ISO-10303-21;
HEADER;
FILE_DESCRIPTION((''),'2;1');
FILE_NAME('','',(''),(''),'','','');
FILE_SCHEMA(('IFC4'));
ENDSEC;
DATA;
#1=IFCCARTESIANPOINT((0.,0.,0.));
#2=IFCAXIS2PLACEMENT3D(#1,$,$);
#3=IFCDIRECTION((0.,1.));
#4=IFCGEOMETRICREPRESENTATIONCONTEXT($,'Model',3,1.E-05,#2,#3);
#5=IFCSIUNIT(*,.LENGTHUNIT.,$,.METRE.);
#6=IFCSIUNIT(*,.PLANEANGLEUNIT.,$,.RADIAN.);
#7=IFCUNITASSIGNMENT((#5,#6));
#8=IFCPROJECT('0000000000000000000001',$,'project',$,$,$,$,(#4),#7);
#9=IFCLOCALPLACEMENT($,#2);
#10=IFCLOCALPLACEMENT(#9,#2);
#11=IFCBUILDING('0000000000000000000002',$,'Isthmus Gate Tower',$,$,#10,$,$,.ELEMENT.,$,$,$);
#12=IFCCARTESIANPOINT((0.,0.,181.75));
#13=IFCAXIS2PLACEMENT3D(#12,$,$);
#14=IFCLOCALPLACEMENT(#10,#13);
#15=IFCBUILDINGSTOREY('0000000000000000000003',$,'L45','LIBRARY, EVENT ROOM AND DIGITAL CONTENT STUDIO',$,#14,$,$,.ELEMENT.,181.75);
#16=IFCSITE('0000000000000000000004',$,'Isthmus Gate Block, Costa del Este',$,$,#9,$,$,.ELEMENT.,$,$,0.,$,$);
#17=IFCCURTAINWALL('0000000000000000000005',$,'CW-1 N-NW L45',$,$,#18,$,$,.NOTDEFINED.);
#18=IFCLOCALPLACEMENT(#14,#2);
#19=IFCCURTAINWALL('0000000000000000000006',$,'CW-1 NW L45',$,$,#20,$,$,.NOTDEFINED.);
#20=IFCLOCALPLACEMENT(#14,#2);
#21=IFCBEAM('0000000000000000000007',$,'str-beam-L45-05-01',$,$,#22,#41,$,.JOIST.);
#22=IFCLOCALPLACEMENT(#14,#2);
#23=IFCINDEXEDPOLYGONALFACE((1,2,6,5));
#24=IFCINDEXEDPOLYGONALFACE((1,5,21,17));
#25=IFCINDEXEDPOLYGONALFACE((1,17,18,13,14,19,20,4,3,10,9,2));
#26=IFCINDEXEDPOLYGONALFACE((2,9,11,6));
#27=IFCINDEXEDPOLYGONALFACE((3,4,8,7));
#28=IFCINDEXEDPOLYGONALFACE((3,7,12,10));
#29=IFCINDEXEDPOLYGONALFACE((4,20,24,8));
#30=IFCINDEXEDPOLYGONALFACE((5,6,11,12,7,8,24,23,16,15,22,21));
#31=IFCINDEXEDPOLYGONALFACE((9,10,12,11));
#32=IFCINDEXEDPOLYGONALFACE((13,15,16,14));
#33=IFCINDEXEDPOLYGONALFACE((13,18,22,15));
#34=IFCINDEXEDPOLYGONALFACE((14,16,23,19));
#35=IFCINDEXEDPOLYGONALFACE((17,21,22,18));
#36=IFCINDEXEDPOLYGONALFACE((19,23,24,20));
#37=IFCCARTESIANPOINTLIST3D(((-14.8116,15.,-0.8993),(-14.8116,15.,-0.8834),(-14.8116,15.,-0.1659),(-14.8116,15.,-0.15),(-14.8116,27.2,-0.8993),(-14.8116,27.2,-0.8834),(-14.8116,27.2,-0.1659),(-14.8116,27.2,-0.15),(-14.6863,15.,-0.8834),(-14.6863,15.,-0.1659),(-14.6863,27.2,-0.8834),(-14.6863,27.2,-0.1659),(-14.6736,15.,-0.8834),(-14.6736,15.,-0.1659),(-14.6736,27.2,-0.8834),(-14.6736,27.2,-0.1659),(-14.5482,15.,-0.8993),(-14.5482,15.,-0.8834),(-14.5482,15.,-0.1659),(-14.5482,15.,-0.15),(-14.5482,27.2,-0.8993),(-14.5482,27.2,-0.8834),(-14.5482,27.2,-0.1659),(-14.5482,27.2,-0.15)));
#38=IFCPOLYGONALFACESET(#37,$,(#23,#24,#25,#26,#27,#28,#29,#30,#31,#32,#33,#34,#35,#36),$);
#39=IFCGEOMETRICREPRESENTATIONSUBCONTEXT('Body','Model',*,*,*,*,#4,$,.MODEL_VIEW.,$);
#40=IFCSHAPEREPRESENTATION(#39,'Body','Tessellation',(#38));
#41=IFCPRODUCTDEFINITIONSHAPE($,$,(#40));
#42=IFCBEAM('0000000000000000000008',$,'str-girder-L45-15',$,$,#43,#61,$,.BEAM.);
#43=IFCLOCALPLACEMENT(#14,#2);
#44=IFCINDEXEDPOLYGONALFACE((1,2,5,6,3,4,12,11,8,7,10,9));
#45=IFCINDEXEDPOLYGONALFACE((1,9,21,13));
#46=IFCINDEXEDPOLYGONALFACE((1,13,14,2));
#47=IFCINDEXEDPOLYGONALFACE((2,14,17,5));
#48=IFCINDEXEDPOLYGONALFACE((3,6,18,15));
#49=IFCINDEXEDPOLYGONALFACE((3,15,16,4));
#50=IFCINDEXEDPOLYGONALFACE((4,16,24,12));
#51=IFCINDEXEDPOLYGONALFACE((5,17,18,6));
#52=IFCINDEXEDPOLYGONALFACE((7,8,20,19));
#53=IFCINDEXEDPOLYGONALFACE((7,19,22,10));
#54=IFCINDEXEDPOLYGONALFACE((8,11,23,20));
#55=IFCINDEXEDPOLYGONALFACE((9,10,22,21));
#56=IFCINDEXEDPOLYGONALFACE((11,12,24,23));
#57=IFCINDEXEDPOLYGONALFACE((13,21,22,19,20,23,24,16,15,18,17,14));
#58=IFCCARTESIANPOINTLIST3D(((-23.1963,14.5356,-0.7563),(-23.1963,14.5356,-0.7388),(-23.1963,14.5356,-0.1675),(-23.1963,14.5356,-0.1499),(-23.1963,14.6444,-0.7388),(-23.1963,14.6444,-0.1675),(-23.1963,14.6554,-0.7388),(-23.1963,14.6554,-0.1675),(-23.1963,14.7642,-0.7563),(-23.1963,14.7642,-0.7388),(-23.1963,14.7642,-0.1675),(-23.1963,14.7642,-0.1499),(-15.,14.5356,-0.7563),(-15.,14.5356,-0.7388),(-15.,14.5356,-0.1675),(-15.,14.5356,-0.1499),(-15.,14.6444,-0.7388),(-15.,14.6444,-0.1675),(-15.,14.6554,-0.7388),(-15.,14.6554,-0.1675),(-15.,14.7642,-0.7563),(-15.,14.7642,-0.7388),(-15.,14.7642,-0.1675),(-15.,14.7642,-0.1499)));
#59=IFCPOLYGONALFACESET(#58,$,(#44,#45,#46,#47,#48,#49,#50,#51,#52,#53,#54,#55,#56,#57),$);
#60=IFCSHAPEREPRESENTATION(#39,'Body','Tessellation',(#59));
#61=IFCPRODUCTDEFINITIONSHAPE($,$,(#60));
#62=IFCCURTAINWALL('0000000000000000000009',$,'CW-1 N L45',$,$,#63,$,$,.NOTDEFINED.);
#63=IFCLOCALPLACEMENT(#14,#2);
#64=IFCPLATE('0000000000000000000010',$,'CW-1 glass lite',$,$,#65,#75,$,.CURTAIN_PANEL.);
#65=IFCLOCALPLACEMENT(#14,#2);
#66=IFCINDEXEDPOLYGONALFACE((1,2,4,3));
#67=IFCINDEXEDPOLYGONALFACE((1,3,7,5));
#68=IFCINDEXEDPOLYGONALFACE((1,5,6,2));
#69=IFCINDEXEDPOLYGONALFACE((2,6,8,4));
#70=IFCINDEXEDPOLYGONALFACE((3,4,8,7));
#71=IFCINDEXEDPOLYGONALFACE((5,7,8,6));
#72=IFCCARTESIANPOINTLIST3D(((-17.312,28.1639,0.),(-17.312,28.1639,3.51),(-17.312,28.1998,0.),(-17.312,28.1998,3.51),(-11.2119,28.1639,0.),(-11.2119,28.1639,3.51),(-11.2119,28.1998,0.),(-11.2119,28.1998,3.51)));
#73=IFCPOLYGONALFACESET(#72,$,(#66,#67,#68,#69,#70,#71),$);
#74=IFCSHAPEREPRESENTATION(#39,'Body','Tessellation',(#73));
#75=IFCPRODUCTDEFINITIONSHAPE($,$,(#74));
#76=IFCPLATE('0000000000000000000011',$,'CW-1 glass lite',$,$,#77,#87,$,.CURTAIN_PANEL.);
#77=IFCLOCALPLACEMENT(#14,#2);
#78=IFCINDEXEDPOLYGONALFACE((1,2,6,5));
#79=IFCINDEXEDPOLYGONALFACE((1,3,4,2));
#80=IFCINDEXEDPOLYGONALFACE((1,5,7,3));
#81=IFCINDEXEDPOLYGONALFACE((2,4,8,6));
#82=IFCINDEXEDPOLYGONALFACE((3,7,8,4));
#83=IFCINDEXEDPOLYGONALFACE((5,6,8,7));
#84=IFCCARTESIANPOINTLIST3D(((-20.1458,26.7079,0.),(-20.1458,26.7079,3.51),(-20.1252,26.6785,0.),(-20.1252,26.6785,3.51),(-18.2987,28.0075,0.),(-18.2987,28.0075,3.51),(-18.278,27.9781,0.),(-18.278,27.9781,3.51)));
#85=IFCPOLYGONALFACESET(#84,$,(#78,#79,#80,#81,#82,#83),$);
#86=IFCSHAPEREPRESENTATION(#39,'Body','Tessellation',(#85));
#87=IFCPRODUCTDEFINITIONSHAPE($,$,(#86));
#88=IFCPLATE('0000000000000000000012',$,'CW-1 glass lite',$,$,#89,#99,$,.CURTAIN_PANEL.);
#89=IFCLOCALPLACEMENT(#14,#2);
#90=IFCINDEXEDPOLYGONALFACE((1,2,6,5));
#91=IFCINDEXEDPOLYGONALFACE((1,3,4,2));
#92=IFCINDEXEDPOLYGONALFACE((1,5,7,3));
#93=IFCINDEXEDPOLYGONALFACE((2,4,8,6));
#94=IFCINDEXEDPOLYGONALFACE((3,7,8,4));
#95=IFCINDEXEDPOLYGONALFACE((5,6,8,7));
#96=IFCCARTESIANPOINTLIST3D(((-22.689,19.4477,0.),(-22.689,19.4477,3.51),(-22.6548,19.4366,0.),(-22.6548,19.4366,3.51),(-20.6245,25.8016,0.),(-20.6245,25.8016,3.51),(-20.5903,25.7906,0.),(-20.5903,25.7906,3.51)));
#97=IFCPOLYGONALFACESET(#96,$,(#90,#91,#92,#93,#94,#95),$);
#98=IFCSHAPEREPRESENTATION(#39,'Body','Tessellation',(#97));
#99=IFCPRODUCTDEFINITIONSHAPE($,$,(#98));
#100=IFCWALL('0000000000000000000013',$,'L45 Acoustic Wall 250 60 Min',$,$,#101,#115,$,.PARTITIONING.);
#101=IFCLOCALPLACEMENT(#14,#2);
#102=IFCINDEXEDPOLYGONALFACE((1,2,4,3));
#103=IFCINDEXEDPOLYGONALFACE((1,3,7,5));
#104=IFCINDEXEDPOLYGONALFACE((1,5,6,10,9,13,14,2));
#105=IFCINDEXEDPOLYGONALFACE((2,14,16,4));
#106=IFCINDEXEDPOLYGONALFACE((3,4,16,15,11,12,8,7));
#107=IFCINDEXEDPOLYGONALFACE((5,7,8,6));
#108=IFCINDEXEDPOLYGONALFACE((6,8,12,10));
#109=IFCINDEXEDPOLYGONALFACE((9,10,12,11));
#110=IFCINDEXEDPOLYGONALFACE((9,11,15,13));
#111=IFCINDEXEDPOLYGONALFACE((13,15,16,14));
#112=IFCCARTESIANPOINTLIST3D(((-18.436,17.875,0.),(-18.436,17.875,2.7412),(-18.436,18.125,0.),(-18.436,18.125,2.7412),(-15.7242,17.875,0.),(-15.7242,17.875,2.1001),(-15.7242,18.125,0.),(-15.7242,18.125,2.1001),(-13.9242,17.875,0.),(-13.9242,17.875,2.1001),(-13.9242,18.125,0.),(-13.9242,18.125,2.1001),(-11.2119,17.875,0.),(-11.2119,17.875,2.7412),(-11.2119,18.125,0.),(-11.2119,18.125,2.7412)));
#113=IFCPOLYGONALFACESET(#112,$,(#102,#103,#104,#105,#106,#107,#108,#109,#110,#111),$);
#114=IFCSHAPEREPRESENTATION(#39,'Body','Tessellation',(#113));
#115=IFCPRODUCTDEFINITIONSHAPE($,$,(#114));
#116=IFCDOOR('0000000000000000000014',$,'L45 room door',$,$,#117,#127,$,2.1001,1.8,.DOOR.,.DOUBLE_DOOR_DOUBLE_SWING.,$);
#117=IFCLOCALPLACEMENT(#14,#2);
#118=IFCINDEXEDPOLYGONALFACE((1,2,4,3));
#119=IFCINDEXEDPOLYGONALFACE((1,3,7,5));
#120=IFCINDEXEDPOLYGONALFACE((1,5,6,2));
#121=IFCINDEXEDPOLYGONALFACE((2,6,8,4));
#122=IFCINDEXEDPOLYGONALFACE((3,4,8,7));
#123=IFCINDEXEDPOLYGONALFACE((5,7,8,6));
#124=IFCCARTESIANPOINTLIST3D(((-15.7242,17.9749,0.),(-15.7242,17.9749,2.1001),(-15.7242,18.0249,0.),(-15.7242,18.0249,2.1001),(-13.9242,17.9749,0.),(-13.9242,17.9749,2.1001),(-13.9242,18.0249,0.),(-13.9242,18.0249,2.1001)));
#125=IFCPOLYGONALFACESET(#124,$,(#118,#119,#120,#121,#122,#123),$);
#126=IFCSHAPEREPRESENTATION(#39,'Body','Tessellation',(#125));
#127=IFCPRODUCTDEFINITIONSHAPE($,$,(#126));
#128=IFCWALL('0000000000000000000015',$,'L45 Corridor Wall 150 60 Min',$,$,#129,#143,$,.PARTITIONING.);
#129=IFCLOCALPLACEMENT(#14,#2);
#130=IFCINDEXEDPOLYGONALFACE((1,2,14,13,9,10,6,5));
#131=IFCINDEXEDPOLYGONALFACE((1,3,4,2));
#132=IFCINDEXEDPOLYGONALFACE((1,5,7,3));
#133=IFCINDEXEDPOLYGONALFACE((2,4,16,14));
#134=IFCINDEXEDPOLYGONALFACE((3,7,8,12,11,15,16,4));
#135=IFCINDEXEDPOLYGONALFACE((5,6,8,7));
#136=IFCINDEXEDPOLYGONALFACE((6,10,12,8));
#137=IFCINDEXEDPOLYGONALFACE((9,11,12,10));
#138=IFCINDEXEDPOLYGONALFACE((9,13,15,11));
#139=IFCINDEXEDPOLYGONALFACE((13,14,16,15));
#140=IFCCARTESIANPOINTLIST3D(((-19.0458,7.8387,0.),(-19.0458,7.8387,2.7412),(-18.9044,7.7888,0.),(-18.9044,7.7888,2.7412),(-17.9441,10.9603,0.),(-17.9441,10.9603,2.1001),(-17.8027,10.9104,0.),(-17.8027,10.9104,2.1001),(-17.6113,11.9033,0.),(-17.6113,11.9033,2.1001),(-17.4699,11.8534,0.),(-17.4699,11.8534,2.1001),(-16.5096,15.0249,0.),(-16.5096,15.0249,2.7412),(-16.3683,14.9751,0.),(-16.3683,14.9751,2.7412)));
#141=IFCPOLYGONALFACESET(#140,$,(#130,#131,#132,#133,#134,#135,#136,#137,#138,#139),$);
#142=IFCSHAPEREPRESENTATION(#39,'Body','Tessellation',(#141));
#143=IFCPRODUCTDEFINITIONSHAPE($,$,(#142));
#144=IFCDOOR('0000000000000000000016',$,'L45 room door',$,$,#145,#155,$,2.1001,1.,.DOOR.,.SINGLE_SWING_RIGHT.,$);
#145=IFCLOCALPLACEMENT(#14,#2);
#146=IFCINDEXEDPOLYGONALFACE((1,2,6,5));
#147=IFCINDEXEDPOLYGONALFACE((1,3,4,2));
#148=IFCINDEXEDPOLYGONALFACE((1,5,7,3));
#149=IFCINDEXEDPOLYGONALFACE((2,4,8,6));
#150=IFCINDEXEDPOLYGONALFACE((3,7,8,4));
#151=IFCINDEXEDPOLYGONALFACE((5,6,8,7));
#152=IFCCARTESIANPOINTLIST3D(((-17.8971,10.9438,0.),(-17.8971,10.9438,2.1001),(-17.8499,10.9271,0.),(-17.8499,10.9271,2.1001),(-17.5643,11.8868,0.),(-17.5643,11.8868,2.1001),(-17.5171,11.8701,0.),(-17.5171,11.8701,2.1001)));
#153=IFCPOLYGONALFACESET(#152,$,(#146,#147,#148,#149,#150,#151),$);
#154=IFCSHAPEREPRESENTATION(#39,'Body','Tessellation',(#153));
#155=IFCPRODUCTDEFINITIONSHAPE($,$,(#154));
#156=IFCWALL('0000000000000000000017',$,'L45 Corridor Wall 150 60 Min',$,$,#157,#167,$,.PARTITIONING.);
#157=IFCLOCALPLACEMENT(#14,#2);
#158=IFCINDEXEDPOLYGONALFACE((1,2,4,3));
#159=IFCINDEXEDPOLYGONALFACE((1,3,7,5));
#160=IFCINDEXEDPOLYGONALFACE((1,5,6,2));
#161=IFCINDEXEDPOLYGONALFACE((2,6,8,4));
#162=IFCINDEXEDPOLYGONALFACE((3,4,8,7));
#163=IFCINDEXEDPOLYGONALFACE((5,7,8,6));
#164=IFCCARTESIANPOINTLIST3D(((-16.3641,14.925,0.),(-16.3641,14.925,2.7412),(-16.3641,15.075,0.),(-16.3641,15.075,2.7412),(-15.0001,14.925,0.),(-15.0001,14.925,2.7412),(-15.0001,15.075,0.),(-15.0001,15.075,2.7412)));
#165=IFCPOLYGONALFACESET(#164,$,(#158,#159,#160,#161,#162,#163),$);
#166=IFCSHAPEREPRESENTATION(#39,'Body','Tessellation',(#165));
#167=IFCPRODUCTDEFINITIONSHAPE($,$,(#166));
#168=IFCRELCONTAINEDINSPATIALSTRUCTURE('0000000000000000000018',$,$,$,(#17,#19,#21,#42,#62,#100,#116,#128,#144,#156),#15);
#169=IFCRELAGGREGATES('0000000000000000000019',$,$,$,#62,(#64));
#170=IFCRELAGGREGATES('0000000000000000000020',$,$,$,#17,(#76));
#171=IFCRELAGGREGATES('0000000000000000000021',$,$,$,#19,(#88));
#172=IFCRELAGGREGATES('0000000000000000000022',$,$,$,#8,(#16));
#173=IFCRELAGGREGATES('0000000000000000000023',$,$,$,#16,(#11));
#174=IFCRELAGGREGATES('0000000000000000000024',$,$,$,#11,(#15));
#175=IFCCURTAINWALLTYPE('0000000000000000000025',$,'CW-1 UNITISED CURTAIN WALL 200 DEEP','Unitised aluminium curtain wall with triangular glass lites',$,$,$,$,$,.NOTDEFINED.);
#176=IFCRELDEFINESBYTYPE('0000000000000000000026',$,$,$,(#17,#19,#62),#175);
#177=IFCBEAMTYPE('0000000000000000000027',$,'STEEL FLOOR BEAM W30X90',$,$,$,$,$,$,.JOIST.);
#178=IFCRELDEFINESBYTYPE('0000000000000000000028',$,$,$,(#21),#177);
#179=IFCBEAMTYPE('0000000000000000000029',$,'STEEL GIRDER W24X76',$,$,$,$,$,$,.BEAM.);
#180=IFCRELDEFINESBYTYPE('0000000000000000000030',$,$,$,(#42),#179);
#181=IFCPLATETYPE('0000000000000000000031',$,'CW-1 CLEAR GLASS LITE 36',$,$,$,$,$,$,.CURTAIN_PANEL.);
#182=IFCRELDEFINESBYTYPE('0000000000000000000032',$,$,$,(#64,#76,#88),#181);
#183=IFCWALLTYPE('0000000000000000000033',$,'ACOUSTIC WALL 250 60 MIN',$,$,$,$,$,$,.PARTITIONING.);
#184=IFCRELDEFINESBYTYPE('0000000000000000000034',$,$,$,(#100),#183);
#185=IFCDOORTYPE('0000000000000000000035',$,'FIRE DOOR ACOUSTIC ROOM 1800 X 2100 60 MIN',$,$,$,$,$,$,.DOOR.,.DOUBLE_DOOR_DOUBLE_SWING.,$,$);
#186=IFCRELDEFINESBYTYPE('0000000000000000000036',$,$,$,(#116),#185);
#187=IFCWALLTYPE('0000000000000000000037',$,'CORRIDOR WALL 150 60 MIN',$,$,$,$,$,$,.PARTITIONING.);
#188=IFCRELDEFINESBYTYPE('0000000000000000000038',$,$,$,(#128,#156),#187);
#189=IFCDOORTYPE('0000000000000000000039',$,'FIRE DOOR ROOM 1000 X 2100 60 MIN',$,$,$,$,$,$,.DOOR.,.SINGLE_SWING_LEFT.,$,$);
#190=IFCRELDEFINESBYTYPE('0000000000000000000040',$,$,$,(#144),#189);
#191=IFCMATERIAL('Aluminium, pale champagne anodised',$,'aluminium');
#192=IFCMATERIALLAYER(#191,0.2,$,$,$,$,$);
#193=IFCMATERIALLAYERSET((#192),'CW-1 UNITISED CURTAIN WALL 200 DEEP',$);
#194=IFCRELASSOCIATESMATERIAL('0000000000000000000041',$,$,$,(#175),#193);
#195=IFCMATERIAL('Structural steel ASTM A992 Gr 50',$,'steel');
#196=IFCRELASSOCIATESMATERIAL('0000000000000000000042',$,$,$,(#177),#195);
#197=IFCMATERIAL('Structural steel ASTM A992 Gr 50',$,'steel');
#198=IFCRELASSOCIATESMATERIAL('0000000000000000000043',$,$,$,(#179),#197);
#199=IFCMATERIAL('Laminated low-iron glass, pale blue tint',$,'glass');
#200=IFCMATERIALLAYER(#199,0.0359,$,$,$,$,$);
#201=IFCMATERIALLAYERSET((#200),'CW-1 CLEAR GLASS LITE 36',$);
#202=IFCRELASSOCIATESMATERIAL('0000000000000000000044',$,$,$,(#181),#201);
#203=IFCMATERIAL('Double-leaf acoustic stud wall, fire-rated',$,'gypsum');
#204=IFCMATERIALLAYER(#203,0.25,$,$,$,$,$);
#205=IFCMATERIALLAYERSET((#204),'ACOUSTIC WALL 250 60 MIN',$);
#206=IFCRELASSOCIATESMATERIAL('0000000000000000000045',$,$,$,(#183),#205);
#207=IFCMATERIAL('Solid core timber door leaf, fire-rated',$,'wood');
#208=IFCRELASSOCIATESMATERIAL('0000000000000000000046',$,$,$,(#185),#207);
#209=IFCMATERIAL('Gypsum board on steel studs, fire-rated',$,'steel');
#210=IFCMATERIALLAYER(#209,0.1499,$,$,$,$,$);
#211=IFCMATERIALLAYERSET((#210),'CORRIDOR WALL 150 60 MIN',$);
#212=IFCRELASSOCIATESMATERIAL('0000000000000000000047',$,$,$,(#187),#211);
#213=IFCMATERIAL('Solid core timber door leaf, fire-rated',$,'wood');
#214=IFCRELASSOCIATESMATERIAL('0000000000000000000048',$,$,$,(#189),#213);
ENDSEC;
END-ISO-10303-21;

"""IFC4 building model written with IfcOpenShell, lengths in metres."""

from ifc_helpers import new_model, si_unit, direction, frame, frame_2d, origin, origin_2d, place, context, subcontext, project, spatial, rectangle, i_section, extrude, material, layer, layer_set, material_profile, profile_set, type_object, element, fill, aggregate, save


model = new_model("IFC4")

# Units and contexts
model_context = context("Model", 3, precision=1e-05, world=origin(), true_north=direction((0.0, 1.0)))
body_context = subcontext(model_context, "Body", "Model", "MODEL_VIEW")
ifc_project = project(units=[si_unit("LENGTHUNIT", "METRE"), si_unit("PLANEANGLEUNIT", "RADIAN")], contexts=[model_context])

# Site, building, storey
site_placement = place(None, origin())
site = spatial("IfcSite", under=ifc_project, at=site_placement, Name="Isthmus Gate Block, Costa del Este", CompositionType="ELEMENT", RefElevation=0.0)
building_placement = place(site_placement, origin())
building = spatial("IfcBuilding", under=site, at=building_placement, Name="Isthmus Gate Tower", CompositionType="ELEMENT")
storey_placement = place(building_placement, frame((0.0, 0.0, 181.75)))
storey = spatial("IfcBuildingStorey", under=building, at=storey_placement, Name="L45", Description="LIBRARY, EVENT ROOM AND DIGITAL CONTENT STUDIO", CompositionType="ELEMENT", Elevation=181.75)

# Curtain walls
ifc_material_1 = material(Name="Aluminium, pale champagne anodised", Category="aluminium")
ifc_layer_1 = layer(ifc_material_1, 0.2)
ifc_layer_set_1 = layer_set([ifc_layer_1], Name="CW-1 UNITISED CURTAIN WALL 200 DEEP")
curtain_wall_type = type_object("IfcCurtainWallType", Name="CW-1 UNITISED CURTAIN WALL 200 DEEP", Description="Unitised aluminium curtain wall with triangular glass lites", PredefinedType="NOTDEFINED", material=ifc_layer_set_1)
curtain_wall_1_placement = place(storey_placement, origin())
curtain_wall_1 = element("IfcCurtainWall", 1, at=curtain_wall_1_placement, inside=storey, type_object=curtain_wall_type, Name="CW-1 N-NW L45", PredefinedType="NOTDEFINED")
curtain_wall_2_placement = place(storey_placement, origin())
curtain_wall_2 = element("IfcCurtainWall", 2, at=curtain_wall_2_placement, inside=storey, type_object=curtain_wall_type, Name="CW-1 NW L45", PredefinedType="NOTDEFINED")

# Beams
ifc_material_2 = material(Name="Structural steel ASTM A992 Gr 50", Category="steel")
ifc_material_profile_1 = material_profile(ifc_material_2, i_section(OverallWidth=0.2634, OverallDepth=0.7493, WebThickness=0.0127, FlangeThickness=0.0159, at=origin_2d()), Name="W30X90")
ifc_profile_set_1 = profile_set([ifc_material_profile_1], Name="Structural steel ASTM A992 Gr 50")
beam_type_1 = type_object("IfcBeamType", Name="STEEL FLOOR BEAM W30X90", PredefinedType="JOIST", material=ifc_profile_set_1)
beam_1_placement = place(storey_placement, frame((-14.6799, 15.0, -0.5247), z_axis=(0.0, 1.0, 0.0), x_axis=(-1.0, 0.0, 0.0)))
element("IfcBeam", 3, at=beam_1_placement, inside=storey, type_object=beam_type_1, Name="str-beam-L45-05-01", PredefinedType="JOIST", context=body_context, shape_type="SweptSolid", body=[
    extrude(i_section(OverallWidth=0.2634, OverallDepth=0.7493, WebThickness=0.0127, FlangeThickness=0.0159, at=origin_2d()), origin(), (0.0, 0.0, 1.0), 12.2),
])
ifc_material_3 = material(Name="Structural steel ASTM A992 Gr 50", Category="steel")
ifc_material_profile_2 = material_profile(ifc_material_3, i_section(OverallWidth=0.2285, OverallDepth=0.6064, WebThickness=0.011, FlangeThickness=0.0176, at=origin_2d()), Name="W24X76")
ifc_profile_set_2 = profile_set([ifc_material_profile_2], Name="Structural steel ASTM A992 Gr 50")
beam_type_2 = type_object("IfcBeamType", Name="STEEL GIRDER W24X76", PredefinedType="BEAM", material=ifc_profile_set_2)
beam_2_placement = place(storey_placement, frame((-15.0, 14.6499, -0.4531), z_axis=(-1.0, 0.0, 0.0), x_axis=(0.0, -1.0, 0.0)))
element("IfcBeam", 4, at=beam_2_placement, inside=storey, type_object=beam_type_2, Name="str-girder-L45-15", PredefinedType="BEAM", context=body_context, shape_type="SweptSolid", body=[
    extrude(i_section(OverallWidth=0.2285, OverallDepth=0.6064, WebThickness=0.011, FlangeThickness=0.0176, at=origin_2d()), origin(), (0.0, 0.0, 1.0), 8.1963),
])

# Curtain wall, plate
curtain_wall_3_placement = place(storey_placement, origin())
curtain_wall_3 = element("IfcCurtainWall", 5, at=curtain_wall_3_placement, inside=storey, type_object=curtain_wall_type, Name="CW-1 N L45", PredefinedType="NOTDEFINED")
ifc_material_4 = material(Name="Laminated low-iron glass, pale blue tint", Category="glass")
ifc_layer_2 = layer(ifc_material_4, 0.0359)
ifc_layer_set_2 = layer_set([ifc_layer_2], Name="CW-1 CLEAR GLASS LITE 36")
plate_type = type_object("IfcPlateType", Name="CW-1 CLEAR GLASS LITE 36", PredefinedType="CURTAIN_PANEL", material=ifc_layer_set_2)
plate_1_placement = place(storey_placement, frame((-14.262, 28.1819, 0.0), z_axis=(0.0, 0.0, 1.0), x_axis=(-1.0, 0.0, 0.0)))
plate_1 = element("IfcPlate", 6, at=plate_1_placement, type_object=plate_type, Name="CW-1 glass lite", PredefinedType="CURTAIN_PANEL", context=body_context, shape_type="SweptSolid", body=[
    extrude(rectangle(XDim=6.1001, YDim=0.0359, at=origin_2d()), origin(), (0.0, 0.0, 1.0), 3.51),
])
aggregate(curtain_wall_3, [plate_1])

# Plates
plate_2_placement = place(storey_placement, frame((-19.2119, 27.343, 0.0), z_axis=(0.0, 0.0, 1.0), x_axis=(-0.81786, -0.575418, 0.0)))
plate_2 = element("IfcPlate", 7, at=plate_2_placement, type_object=plate_type, Name="CW-1 glass lite", PredefinedType="CURTAIN_PANEL", context=body_context, shape_type="SweptSolid", body=[
    extrude(rectangle(XDim=2.2585, YDim=0.0359, at=origin_2d()), origin(), (0.0, 0.0, 1.0), 3.51),
])
aggregate(curtain_wall_1, [plate_2])
plate_3_placement = place(storey_placement, frame((-21.6396, 22.6191, 0.0), z_axis=(0.0, 0.0, 1.0), x_axis=(-0.309017, -0.951057, 0.0)))
plate_3 = element("IfcPlate", 8, at=plate_3_placement, type_object=plate_type, Name="CW-1 glass lite", PredefinedType="CURTAIN_PANEL", context=body_context, shape_type="SweptSolid", body=[
    extrude(rectangle(XDim=6.6809, YDim=0.0359, at=origin_2d()), origin(), (0.0, 0.0, 1.0), 3.51),
])

# Walls, openings, doors
ifc_material_5 = material(Name="Double-leaf acoustic stud wall, fire-rated", Category="gypsum")
ifc_layer_3 = layer(ifc_material_5, 0.25)
ifc_layer_set_3 = layer_set([ifc_layer_3], Name="ACOUSTIC WALL 250 60 MIN")
wall_type_1 = type_object("IfcWallType", Name="ACOUSTIC WALL 250 60 MIN", PredefinedType="PARTITIONING", material=ifc_layer_set_3)
wall_1_placement = place(storey_placement, frame((-18.436, 18.0, 0.0), z_axis=(0.0, 0.0, 1.0), x_axis=(1.0, 0.0, 0.0)))
wall_1 = element("IfcWall", 9, at=wall_1_placement, inside=storey, type_object=wall_type_1, Name="L45 Acoustic Wall 250 60 Min", PredefinedType="PARTITIONING", context=body_context, shape_type="SweptSolid", body=[
    extrude(rectangle(XDim=7.2241, YDim=0.25, at=frame_2d((3.6121, 0.0))), origin(), (0.0, 0.0, 1.0), 2.7412),
])
opening_1_placement = place(wall_1_placement, frame((2.7119, 0.0, 0.0)))
opening_1 = element("IfcOpeningElement", 10, at=opening_1_placement, cuts=wall_1, PredefinedType="OPENING", context=body_context, shape_type="SweptSolid", body=[
    extrude(rectangle(XDim=1.8, YDim=2.1001, at=frame_2d((0.8999, 1.05))), frame((0.0, 0.135, 0.0), z_axis=(0.0, -1.0, 0.0), x_axis=(1.0, 0.0, 0.0)), (0.0, 0.0, 1.0), 0.27),
])
ifc_material_6 = material(Name="Solid core timber door leaf, fire-rated", Category="wood")
door_type_1 = type_object("IfcDoorType", Name="FIRE DOOR ACOUSTIC ROOM 1800 X 2100 60 MIN", OperationType="DOUBLE_DOOR_DOUBLE_SWING", PredefinedType="DOOR", material=ifc_material_6)
door_1_placement = place(opening_1_placement, origin())
door_1 = element("IfcDoor", 11, at=door_1_placement, inside=storey, type_object=door_type_1, Name="L45 room door", OperationType="DOUBLE_DOOR_DOUBLE_SWING", OverallHeight=2.1001, OverallWidth=1.8, PredefinedType="DOOR", context=body_context, shape_type="SweptSolid", body=[
    extrude(rectangle(XDim=1.8, YDim=2.1001, at=frame_2d((0.8999, 1.05))), frame((0.0, 0.0249, 0.0), z_axis=(0.0, -1.0, 0.0), x_axis=(1.0, 0.0, 0.0)), (0.0, 0.0, 1.0), 0.05),
])
fill(opening_1, door_1)
ifc_material_7 = material(Name="Gypsum board on steel studs, fire-rated", Category="steel")
ifc_layer_4 = layer(ifc_material_7, 0.1499)
ifc_layer_set_4 = layer_set([ifc_layer_4], Name="CORRIDOR WALL 150 60 MIN")
wall_type_2 = type_object("IfcWallType", Name="CORRIDOR WALL 150 60 MIN", PredefinedType="PARTITIONING", material=ifc_layer_set_4)
wall_2_placement = place(storey_placement, frame((-16.439, 15.0, 0.0), z_axis=(0.0, 0.0, 1.0), x_axis=(-0.332797, -0.942999, 0.0)))
wall_2 = element("IfcWall", 12, at=wall_2_placement, inside=storey, type_object=wall_type_2, Name="L45 Corridor Wall 150 60 Min", PredefinedType="PARTITIONING", context=body_context, shape_type="SweptSolid", body=[
    extrude(rectangle(XDim=7.6206, YDim=0.1499, at=frame_2d((3.8103, 0.0))), origin(), (0.0, 0.0, 1.0), 2.7412),
])
opening_2_placement = place(wall_2_placement, frame((3.3103, 0.0, 0.0)))
opening_2 = element("IfcOpeningElement", 13, at=opening_2_placement, cuts=wall_2, PredefinedType="OPENING", context=body_context, shape_type="SweptSolid", body=[
    extrude(rectangle(XDim=1.0, YDim=2.1001, at=frame_2d((0.5, 1.05))), frame((0.0, 0.085, 0.0), z_axis=(0.0, -1.0, 0.0), x_axis=(1.0, 0.0, 0.0)), (0.0, 0.0, 1.0), 0.1699),
])
ifc_material_8 = material(Name="Solid core timber door leaf, fire-rated", Category="wood")
door_type_2 = type_object("IfcDoorType", Name="FIRE DOOR ROOM 1000 X 2100 60 MIN", OperationType="SINGLE_SWING_LEFT", PredefinedType="DOOR", material=ifc_material_8)
door_2_placement = place(opening_2_placement, origin())
door_2 = element("IfcDoor", 14, at=door_2_placement, inside=storey, type_object=door_type_2, Name="L45 room door", OperationType="SINGLE_SWING_RIGHT", OverallHeight=2.1001, OverallWidth=1.0, PredefinedType="DOOR", context=body_context, shape_type="SweptSolid", body=[
    extrude(rectangle(XDim=1.0, YDim=2.1001, at=frame_2d((0.5, 1.05))), frame((0.0, 0.0249, 0.0), z_axis=(0.0, -1.0, 0.0), x_axis=(1.0, 0.0, 0.0)), (0.0, 0.0, 1.0), 0.05),
])
fill(opening_2, door_2)

# Wall
wall_3_placement = place(storey_placement, frame((-15.0, 15.0, 0.0), z_axis=(0.0, 0.0, 1.0), x_axis=(-1.0, 0.0, 0.0)))
element("IfcWall", 15, at=wall_3_placement, inside=storey, type_object=wall_type_2, Name="L45 Corridor Wall 150 60 Min", PredefinedType="PARTITIONING", context=body_context, shape_type="SweptSolid", body=[
    extrude(rectangle(XDim=1.364, YDim=0.1499, at=frame_2d((0.6821, 0.0))), origin(), (0.0, 0.0, 1.0), 2.7412),
])

aggregate(curtain_wall_2, [plate_3])

save(model, "model.ifc")
